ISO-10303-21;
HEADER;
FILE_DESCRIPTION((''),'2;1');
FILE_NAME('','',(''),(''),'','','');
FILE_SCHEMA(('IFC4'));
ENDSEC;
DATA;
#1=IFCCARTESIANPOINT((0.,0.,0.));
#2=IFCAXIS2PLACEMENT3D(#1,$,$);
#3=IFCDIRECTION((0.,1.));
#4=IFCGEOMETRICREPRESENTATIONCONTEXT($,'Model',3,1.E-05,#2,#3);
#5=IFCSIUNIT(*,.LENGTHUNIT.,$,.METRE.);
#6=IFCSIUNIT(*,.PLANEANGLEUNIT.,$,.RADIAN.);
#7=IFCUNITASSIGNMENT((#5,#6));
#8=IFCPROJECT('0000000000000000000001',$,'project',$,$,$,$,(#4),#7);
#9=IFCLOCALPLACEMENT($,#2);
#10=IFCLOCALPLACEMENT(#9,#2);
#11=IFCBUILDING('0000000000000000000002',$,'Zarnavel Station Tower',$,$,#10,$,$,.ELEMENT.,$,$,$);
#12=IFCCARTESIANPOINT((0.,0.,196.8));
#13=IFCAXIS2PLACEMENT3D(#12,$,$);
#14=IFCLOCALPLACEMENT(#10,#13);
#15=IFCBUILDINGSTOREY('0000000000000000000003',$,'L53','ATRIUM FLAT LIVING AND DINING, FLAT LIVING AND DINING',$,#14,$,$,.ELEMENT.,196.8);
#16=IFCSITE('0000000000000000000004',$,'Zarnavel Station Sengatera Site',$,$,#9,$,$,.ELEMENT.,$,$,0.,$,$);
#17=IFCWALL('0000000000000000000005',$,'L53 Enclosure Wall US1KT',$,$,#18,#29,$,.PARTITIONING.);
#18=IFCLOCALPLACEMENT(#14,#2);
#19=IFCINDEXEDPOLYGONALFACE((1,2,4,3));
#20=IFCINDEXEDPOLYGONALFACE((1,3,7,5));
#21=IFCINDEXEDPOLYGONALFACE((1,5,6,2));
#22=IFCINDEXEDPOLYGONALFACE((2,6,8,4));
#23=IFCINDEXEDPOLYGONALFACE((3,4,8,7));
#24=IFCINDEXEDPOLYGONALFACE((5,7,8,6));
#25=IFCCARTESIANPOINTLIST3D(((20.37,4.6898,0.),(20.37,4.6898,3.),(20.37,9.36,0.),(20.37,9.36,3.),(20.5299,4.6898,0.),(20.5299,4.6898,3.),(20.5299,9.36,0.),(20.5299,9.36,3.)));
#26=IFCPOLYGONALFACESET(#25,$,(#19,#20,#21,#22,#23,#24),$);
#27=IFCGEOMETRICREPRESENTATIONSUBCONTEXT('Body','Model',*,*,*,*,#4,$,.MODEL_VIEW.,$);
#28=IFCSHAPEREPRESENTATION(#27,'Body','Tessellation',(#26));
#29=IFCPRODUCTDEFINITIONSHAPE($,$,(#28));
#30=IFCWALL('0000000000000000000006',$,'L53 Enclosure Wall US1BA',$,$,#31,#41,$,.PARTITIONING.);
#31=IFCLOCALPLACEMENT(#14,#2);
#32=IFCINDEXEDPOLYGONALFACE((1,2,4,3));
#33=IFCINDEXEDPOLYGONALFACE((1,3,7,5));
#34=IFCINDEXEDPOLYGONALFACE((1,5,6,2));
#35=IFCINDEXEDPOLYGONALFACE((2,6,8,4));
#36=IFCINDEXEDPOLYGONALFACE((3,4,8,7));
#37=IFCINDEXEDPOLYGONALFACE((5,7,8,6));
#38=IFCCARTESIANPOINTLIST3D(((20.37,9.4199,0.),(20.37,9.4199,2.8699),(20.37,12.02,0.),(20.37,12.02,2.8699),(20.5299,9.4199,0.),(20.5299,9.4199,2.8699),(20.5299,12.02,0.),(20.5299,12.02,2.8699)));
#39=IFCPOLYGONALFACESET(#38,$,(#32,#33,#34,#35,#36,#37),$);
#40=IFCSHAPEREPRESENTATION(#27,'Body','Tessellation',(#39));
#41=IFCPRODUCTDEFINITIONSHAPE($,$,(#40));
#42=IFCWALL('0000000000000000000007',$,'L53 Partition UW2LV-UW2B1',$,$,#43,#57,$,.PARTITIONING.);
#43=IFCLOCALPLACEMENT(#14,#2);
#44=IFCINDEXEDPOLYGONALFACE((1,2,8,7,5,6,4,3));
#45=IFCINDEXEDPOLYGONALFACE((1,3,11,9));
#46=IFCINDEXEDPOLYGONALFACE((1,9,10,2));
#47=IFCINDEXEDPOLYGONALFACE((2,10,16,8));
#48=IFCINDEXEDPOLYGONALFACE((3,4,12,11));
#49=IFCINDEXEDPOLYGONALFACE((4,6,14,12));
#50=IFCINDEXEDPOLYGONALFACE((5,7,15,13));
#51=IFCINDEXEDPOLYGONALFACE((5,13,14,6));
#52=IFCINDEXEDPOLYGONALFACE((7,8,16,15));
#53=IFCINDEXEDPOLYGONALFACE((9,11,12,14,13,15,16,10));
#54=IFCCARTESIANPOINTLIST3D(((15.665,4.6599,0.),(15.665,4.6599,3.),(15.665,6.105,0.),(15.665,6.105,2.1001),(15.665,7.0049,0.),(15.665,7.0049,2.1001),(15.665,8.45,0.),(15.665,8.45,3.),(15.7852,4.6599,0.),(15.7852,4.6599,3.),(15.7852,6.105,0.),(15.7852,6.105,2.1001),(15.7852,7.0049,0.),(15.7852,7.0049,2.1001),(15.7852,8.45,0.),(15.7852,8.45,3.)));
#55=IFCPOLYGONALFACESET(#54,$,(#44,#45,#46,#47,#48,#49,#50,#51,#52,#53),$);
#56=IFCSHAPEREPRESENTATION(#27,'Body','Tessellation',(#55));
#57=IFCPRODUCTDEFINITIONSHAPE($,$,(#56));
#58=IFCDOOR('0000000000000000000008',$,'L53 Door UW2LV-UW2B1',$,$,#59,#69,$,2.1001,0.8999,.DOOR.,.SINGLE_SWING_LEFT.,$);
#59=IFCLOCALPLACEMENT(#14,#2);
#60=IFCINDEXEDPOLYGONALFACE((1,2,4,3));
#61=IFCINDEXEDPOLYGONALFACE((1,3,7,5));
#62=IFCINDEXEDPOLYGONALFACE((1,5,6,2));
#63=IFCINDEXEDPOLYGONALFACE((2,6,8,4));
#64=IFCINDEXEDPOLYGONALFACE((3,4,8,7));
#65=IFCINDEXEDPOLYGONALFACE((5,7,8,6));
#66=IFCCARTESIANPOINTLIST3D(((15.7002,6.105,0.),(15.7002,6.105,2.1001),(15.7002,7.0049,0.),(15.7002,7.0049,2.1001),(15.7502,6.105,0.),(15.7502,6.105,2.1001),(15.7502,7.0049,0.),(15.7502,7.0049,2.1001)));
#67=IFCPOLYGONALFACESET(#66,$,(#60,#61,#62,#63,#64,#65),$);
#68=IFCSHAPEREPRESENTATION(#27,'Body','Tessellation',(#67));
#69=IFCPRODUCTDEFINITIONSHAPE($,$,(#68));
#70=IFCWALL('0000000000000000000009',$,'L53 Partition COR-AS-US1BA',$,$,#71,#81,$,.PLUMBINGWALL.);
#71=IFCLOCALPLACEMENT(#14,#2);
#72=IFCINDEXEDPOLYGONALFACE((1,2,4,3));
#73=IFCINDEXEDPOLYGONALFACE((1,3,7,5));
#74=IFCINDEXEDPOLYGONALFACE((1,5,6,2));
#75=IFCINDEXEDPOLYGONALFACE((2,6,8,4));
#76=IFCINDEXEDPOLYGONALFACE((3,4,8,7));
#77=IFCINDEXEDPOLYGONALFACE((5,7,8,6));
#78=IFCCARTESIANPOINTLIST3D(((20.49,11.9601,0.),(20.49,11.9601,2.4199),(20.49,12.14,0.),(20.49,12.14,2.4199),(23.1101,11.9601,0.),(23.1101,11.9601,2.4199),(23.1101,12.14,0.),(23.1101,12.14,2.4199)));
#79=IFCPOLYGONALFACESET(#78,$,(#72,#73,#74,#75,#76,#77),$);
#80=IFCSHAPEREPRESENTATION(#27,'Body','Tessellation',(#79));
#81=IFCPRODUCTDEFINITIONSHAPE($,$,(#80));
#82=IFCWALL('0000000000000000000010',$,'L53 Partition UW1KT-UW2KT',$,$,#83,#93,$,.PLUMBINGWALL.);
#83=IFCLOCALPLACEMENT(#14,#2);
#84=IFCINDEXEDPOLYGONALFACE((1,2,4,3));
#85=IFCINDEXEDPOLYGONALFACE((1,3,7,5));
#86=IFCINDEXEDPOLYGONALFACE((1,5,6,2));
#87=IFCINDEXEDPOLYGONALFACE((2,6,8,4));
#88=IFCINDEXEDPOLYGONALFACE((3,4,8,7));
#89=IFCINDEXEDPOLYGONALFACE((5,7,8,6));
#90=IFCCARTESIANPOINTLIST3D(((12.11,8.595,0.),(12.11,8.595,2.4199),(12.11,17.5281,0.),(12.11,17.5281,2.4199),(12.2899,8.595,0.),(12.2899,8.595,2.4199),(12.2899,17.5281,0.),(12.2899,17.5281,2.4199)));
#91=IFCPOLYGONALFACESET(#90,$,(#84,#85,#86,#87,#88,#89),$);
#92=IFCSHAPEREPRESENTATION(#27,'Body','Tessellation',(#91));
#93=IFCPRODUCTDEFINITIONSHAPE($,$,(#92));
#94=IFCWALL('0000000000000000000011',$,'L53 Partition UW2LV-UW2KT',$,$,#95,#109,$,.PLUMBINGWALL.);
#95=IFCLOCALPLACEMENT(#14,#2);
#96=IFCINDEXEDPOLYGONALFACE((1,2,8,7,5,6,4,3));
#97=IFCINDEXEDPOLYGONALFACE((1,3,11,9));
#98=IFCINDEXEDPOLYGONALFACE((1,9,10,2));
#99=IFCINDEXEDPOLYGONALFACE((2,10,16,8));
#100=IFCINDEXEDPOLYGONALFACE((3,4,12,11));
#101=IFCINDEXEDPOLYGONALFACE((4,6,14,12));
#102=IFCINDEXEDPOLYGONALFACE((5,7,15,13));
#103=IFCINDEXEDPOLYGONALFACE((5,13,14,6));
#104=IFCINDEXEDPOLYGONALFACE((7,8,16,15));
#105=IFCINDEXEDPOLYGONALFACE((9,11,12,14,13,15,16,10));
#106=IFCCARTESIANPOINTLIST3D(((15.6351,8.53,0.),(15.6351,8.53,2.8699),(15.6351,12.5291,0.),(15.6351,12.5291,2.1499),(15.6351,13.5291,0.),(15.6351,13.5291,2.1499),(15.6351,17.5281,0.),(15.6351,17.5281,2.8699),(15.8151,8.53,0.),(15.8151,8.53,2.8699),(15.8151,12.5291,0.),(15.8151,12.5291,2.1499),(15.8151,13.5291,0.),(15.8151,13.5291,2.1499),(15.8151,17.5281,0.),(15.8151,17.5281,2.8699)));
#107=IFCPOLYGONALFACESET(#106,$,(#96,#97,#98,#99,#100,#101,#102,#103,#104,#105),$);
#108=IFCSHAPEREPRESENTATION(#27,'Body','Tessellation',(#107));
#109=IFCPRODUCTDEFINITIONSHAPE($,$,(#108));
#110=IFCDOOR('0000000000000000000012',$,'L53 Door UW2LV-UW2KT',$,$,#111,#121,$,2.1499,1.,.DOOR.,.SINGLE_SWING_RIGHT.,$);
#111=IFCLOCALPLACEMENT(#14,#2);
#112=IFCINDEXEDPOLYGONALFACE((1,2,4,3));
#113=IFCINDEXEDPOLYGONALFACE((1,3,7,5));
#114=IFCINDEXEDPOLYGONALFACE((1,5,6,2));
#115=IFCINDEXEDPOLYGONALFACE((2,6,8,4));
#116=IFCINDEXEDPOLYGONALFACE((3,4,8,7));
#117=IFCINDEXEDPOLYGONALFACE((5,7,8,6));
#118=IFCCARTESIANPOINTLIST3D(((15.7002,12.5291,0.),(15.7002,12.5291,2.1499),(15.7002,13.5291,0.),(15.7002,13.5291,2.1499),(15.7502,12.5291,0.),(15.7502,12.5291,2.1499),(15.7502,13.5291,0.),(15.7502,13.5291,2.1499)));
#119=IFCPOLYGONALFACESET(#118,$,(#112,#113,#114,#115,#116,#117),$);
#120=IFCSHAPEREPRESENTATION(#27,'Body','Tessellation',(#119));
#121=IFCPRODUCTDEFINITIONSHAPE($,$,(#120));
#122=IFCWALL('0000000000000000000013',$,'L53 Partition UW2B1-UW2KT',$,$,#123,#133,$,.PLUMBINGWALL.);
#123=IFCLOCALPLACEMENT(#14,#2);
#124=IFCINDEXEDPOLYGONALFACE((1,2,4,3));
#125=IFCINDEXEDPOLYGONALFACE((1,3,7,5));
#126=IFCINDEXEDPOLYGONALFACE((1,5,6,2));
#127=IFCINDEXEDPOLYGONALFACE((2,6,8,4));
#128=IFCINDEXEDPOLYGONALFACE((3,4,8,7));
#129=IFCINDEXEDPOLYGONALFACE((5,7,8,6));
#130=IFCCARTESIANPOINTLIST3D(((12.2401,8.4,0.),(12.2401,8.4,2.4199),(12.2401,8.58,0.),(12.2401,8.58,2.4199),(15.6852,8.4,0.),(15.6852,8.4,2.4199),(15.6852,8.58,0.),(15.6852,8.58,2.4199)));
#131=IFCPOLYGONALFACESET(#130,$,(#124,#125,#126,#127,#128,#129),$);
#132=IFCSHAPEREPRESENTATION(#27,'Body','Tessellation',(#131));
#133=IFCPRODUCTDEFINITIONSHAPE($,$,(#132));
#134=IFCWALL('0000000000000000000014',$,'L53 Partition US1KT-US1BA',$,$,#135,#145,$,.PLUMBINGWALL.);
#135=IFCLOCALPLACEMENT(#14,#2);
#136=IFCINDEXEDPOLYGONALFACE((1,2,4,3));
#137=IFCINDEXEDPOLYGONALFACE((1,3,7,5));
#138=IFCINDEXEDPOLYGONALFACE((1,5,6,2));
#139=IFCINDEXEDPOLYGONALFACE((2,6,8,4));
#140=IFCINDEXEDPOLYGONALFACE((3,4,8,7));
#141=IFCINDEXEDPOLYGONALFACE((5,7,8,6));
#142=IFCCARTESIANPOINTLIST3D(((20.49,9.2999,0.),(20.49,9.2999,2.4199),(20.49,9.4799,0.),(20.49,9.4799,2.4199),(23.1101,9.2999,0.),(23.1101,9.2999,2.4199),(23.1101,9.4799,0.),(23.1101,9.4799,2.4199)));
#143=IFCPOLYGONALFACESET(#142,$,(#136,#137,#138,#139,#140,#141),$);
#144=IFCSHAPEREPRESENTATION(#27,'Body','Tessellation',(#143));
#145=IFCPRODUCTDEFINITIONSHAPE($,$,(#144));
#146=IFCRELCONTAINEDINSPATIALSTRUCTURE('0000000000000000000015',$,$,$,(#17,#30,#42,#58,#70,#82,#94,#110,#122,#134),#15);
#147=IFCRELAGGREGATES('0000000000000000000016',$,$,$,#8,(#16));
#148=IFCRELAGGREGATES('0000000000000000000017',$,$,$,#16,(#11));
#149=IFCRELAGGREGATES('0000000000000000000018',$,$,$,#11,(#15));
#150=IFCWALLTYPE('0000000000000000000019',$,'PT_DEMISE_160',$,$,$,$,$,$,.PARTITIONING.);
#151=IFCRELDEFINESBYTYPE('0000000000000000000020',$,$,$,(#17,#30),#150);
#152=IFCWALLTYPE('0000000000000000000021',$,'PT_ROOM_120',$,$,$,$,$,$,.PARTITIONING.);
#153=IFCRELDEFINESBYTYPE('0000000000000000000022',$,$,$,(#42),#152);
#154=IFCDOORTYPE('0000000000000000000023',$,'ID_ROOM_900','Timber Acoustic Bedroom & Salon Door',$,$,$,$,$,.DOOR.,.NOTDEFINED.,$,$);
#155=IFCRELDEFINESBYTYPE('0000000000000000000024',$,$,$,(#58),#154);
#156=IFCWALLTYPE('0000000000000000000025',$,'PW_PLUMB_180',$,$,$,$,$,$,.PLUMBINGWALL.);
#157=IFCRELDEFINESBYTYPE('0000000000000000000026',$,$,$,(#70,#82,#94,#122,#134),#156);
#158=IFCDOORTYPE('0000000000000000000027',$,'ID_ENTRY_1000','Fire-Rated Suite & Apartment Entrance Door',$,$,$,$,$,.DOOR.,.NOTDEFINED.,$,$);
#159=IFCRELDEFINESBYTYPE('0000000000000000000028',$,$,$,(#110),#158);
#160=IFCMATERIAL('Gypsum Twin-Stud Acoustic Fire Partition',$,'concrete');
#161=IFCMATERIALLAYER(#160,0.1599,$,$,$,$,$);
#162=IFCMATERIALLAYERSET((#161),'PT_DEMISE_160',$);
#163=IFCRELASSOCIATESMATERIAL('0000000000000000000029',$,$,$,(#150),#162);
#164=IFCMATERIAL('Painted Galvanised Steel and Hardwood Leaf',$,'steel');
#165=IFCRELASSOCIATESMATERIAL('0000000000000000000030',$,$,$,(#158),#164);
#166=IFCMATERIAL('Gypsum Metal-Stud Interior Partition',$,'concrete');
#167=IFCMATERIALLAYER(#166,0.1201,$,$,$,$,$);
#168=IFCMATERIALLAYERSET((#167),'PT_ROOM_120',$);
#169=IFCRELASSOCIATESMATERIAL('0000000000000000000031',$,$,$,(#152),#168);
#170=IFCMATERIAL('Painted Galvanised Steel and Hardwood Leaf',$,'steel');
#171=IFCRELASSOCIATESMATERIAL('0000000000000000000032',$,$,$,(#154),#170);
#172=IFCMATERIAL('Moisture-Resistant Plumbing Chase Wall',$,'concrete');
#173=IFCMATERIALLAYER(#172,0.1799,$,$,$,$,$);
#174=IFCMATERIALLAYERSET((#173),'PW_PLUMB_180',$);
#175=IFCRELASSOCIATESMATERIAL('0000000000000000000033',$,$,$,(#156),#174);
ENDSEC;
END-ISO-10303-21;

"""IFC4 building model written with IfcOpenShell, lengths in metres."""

from ifc_helpers import new_model, si_unit, direction, frame, frame_2d, origin, place, context, subcontext, project, spatial, rectangle, extrude, material, layer, layer_set, type_object, element, fill, save


model = new_model("IFC4")

# Units and contexts
model_context = context("Model", 3, precision=1e-05, world=origin(), true_north=direction((0.0, 1.0)))
body_context = subcontext(model_context, "Body", "Model", "MODEL_VIEW")
ifc_project = project(units=[si_unit("LENGTHUNIT", "METRE"), si_unit("PLANEANGLEUNIT", "RADIAN")], contexts=[model_context])

# Site, building, storey
site_placement = place(None, origin())
site = spatial("IfcSite", under=ifc_project, at=site_placement, Name="Zarnavel Station Sengatera Site", CompositionType="ELEMENT", RefElevation=0.0)
building_placement = place(site_placement, origin())
building = spatial("IfcBuilding", under=site, at=building_placement, Name="Zarnavel Station Tower", CompositionType="ELEMENT")
storey_placement = place(building_placement, frame((0.0, 0.0, 196.8)))
storey = spatial("IfcBuildingStorey", under=building, at=storey_placement, Name="L53", Description="ATRIUM FLAT LIVING AND DINING, FLAT LIVING AND DINING", CompositionType="ELEMENT", Elevation=196.8)

# Shared definitions
ifc_material_1 = material(Name="Gypsum Twin-Stud Acoustic Fire Partition", Category="concrete")
ifc_layer_1 = layer(ifc_material_1, 0.1599)
ifc_layer_set_1 = layer_set([ifc_layer_1], Name="PT_DEMISE_160")
wall_type_1 = type_object("IfcWallType", Name="PT_DEMISE_160", PredefinedType="PARTITIONING", material=ifc_layer_set_1)
ifc_material_2 = material(Name="Painted Galvanised Steel and Hardwood Leaf", Category="steel")
door_type_1 = type_object("IfcDoorType", Name="ID_ENTRY_1000", Description="Fire-Rated Suite & Apartment Entrance Door", OperationType="NOTDEFINED", PredefinedType="DOOR", material=ifc_material_2)

# Walls
wall_1_placement = place(storey_placement, frame((20.45, 4.6899, 0.0), z_axis=(0.0, 0.0, 1.0), x_axis=(0.0, 1.0, 0.0)))
element("IfcWall", 1, at=wall_1_placement, inside=storey, type_object=wall_type_1, Name="L53 Enclosure Wall US1KT", PredefinedType="PARTITIONING", context=body_context, shape_type="SweptSolid", body=[
    extrude(rectangle(XDim=4.6702, YDim=0.1599, at=frame_2d((2.335, 0.0))), origin(), (0.0, 0.0, 1.0), 3.0),
])
wall_2_placement = place(storey_placement, frame((20.45, 9.4199, 0.0), z_axis=(0.0, 0.0, 1.0), x_axis=(0.0, 1.0, 0.0)))
element("IfcWall", 2, at=wall_2_placement, inside=storey, type_object=wall_type_1, Name="L53 Enclosure Wall US1BA", PredefinedType="PARTITIONING", context=body_context, shape_type="SweptSolid", body=[
    extrude(rectangle(XDim=2.6001, YDim=0.1599, at=frame_2d((1.3, 0.0))), origin(), (0.0, 0.0, 1.0), 2.8699),
])

# Wall, opening, door
ifc_material_3 = material(Name="Gypsum Metal-Stud Interior Partition", Category="concrete")
ifc_layer_2 = layer(ifc_material_3, 0.1201)
ifc_layer_set_2 = layer_set([ifc_layer_2], Name="PT_ROOM_120")
wall_type_2 = type_object("IfcWallType", Name="PT_ROOM_120", PredefinedType="PARTITIONING", material=ifc_layer_set_2)
wall_3_placement = place(storey_placement, frame((15.7251, 4.6599, 0.0), z_axis=(0.0, 0.0, 1.0), x_axis=(0.0, 1.0, 0.0)))
wall_3 = element("IfcWall", 3, at=wall_3_placement, inside=storey, type_object=wall_type_2, Name="L53 Partition UW2LV-UW2B1", PredefinedType="PARTITIONING", context=body_context, shape_type="SweptSolid", body=[
    extrude(rectangle(XDim=3.79, YDim=0.1201, at=frame_2d((1.895, 0.0))), origin(), (0.0, 0.0, 1.0), 3.0),
])
opening_1_placement = place(wall_3_placement, frame((1.4451, 0.0, 0.0)))
opening_1 = element("IfcOpeningElement", 4, at=opening_1_placement, cuts=wall_3, PredefinedType="OPENING", context=body_context, shape_type="SweptSolid", body=[
    extrude(rectangle(XDim=0.8999, YDim=2.1001, at=frame_2d((0.45, 1.05))), frame((0.0, 0.0701, 0.0), z_axis=(0.0, -1.0, 0.0), x_axis=(1.0, 0.0, 0.0)), (0.0, 0.0, 1.0), 0.1401),
])
ifc_material_4 = material(Name="Painted Galvanised Steel and Hardwood Leaf", Category="steel")
door_type_2 = type_object("IfcDoorType", Name="ID_ROOM_900", Description="Timber Acoustic Bedroom & Salon Door", OperationType="NOTDEFINED", PredefinedType="DOOR", material=ifc_material_4)
door_1_placement = place(opening_1_placement, origin())
door_1 = element("IfcDoor", 5, at=door_1_placement, inside=storey, type_object=door_type_2, Name="L53 Door UW2LV-UW2B1", OperationType="SINGLE_SWING_LEFT", OverallHeight=2.1001, OverallWidth=0.8999, PredefinedType="DOOR", context=body_context, shape_type="SweptSolid", body=[
    extrude(rectangle(XDim=0.8999, YDim=2.1001, at=frame_2d((0.45, 1.05))), frame((0.0, 0.0249, 0.0), z_axis=(0.0, -1.0, 0.0), x_axis=(1.0, 0.0, 0.0)), (0.0, 0.0, 1.0), 0.05),
])
fill(opening_1, door_1)

# Walls
ifc_material_5 = material(Name="Moisture-Resistant Plumbing Chase Wall", Category="concrete")
ifc_layer_3 = layer(ifc_material_5, 0.1799)
ifc_layer_set_3 = layer_set([ifc_layer_3], Name="PW_PLUMB_180")
wall_type_3 = type_object("IfcWallType", Name="PW_PLUMB_180", PredefinedType="PLUMBINGWALL", material=ifc_layer_set_3)
wall_4_placement = place(storey_placement, frame((20.49, 12.05, 0.0), z_axis=(0.0, 0.0, 1.0), x_axis=(1.0, 0.0, 0.0)))
element("IfcWall", 6, at=wall_4_placement, inside=storey, type_object=wall_type_3, Name="L53 Partition COR-AS-US1BA", PredefinedType="PLUMBINGWALL", context=body_context, shape_type="SweptSolid", body=[
    extrude(rectangle(XDim=2.6201, YDim=0.1799, at=frame_2d((1.3101, 0.0))), origin(), (0.0, 0.0, 1.0), 2.4199),
])
wall_5_placement = place(storey_placement, frame((12.2, 8.595, 0.0), z_axis=(0.0, 0.0, 1.0), x_axis=(0.0, 1.0, 0.0)))
element("IfcWall", 7, at=wall_5_placement, inside=storey, type_object=wall_type_3, Name="L53 Partition UW1KT-UW2KT", PredefinedType="PLUMBINGWALL", context=body_context, shape_type="SweptSolid", body=[
    extrude(rectangle(XDim=8.9331, YDim=0.1799, at=frame_2d((4.4666, 0.0))), origin(), (0.0, 0.0, 1.0), 2.4199),
])

# Wall, opening, door
wall_6_placement = place(storey_placement, frame((15.7251, 8.53, 0.0), z_axis=(0.0, 0.0, 1.0), x_axis=(0.0, 1.0, 0.0)))
wall_6 = element("IfcWall", 8, at=wall_6_placement, inside=storey, type_object=wall_type_3, Name="L53 Partition UW2LV-UW2KT", PredefinedType="PLUMBINGWALL", context=body_context, shape_type="SweptSolid", body=[
    extrude(rectangle(XDim=8.998, YDim=0.1799, at=frame_2d((4.499, 0.0))), origin(), (0.0, 0.0, 1.0), 2.8699),
])
opening_2_placement = place(wall_6_placement, frame((3.999, 0.0, 0.0)))
opening_2 = element("IfcOpeningElement", 9, at=opening_2_placement, cuts=wall_6, PredefinedType="OPENING", context=body_context, shape_type="SweptSolid", body=[
    extrude(rectangle(XDim=1.0, YDim=2.1499, at=frame_2d((0.5, 1.075))), frame((0.0, 0.0999, 0.0), z_axis=(0.0, -1.0, 0.0), x_axis=(1.0, 0.0, 0.0)), (0.0, 0.0, 1.0), 0.2),
])
door_2_placement = place(opening_2_placement, origin())
door_2 = element("IfcDoor", 10, at=door_2_placement, inside=storey, type_object=door_type_1, Name="L53 Door UW2LV-UW2KT", OperationType="SINGLE_SWING_RIGHT", OverallHeight=2.1499, OverallWidth=1.0, PredefinedType="DOOR", context=body_context, shape_type="SweptSolid", body=[
    extrude(rectangle(XDim=1.0, YDim=2.1499, at=frame_2d((0.5, 1.075))), frame((0.0, 0.0249, 0.0), z_axis=(0.0, -1.0, 0.0), x_axis=(1.0, 0.0, 0.0)), (0.0, 0.0, 1.0), 0.05),
])
fill(opening_2, door_2)

# Wall
wall_7_placement = place(storey_placement, frame((12.24, 8.49, 0.0), z_axis=(0.0, 0.0, 1.0), x_axis=(1.0, 0.0, 0.0)))
element("IfcWall", 11, at=wall_7_placement, inside=storey, type_object=wall_type_3, Name="L53 Partition UW2B1-UW2KT", PredefinedType="PLUMBINGWALL", context=body_context, shape_type="SweptSolid", body=[
    extrude(rectangle(XDim=3.4451, YDim=0.1799, at=frame_2d((1.7227, 0.0))), origin(), (0.0, 0.0, 1.0), 2.4199),
])

# Wall
wall_8_placement = place(storey_placement, frame((20.49, 9.3899, 0.0), z_axis=(0.0, 0.0, 1.0), x_axis=(1.0, 0.0, 0.0)))
element("IfcWall", 12, at=wall_8_placement, inside=storey, type_object=wall_type_3, Name="L53 Partition US1KT-US1BA", PredefinedType="PLUMBINGWALL", context=body_context, shape_type="SweptSolid", body=[
    extrude(rectangle(XDim=2.6201, YDim=0.1799, at=frame_2d((1.3101, 0.0))), origin(), (0.0, 0.0, 1.0), 2.4199),
])

save(model, "model.ifc")
